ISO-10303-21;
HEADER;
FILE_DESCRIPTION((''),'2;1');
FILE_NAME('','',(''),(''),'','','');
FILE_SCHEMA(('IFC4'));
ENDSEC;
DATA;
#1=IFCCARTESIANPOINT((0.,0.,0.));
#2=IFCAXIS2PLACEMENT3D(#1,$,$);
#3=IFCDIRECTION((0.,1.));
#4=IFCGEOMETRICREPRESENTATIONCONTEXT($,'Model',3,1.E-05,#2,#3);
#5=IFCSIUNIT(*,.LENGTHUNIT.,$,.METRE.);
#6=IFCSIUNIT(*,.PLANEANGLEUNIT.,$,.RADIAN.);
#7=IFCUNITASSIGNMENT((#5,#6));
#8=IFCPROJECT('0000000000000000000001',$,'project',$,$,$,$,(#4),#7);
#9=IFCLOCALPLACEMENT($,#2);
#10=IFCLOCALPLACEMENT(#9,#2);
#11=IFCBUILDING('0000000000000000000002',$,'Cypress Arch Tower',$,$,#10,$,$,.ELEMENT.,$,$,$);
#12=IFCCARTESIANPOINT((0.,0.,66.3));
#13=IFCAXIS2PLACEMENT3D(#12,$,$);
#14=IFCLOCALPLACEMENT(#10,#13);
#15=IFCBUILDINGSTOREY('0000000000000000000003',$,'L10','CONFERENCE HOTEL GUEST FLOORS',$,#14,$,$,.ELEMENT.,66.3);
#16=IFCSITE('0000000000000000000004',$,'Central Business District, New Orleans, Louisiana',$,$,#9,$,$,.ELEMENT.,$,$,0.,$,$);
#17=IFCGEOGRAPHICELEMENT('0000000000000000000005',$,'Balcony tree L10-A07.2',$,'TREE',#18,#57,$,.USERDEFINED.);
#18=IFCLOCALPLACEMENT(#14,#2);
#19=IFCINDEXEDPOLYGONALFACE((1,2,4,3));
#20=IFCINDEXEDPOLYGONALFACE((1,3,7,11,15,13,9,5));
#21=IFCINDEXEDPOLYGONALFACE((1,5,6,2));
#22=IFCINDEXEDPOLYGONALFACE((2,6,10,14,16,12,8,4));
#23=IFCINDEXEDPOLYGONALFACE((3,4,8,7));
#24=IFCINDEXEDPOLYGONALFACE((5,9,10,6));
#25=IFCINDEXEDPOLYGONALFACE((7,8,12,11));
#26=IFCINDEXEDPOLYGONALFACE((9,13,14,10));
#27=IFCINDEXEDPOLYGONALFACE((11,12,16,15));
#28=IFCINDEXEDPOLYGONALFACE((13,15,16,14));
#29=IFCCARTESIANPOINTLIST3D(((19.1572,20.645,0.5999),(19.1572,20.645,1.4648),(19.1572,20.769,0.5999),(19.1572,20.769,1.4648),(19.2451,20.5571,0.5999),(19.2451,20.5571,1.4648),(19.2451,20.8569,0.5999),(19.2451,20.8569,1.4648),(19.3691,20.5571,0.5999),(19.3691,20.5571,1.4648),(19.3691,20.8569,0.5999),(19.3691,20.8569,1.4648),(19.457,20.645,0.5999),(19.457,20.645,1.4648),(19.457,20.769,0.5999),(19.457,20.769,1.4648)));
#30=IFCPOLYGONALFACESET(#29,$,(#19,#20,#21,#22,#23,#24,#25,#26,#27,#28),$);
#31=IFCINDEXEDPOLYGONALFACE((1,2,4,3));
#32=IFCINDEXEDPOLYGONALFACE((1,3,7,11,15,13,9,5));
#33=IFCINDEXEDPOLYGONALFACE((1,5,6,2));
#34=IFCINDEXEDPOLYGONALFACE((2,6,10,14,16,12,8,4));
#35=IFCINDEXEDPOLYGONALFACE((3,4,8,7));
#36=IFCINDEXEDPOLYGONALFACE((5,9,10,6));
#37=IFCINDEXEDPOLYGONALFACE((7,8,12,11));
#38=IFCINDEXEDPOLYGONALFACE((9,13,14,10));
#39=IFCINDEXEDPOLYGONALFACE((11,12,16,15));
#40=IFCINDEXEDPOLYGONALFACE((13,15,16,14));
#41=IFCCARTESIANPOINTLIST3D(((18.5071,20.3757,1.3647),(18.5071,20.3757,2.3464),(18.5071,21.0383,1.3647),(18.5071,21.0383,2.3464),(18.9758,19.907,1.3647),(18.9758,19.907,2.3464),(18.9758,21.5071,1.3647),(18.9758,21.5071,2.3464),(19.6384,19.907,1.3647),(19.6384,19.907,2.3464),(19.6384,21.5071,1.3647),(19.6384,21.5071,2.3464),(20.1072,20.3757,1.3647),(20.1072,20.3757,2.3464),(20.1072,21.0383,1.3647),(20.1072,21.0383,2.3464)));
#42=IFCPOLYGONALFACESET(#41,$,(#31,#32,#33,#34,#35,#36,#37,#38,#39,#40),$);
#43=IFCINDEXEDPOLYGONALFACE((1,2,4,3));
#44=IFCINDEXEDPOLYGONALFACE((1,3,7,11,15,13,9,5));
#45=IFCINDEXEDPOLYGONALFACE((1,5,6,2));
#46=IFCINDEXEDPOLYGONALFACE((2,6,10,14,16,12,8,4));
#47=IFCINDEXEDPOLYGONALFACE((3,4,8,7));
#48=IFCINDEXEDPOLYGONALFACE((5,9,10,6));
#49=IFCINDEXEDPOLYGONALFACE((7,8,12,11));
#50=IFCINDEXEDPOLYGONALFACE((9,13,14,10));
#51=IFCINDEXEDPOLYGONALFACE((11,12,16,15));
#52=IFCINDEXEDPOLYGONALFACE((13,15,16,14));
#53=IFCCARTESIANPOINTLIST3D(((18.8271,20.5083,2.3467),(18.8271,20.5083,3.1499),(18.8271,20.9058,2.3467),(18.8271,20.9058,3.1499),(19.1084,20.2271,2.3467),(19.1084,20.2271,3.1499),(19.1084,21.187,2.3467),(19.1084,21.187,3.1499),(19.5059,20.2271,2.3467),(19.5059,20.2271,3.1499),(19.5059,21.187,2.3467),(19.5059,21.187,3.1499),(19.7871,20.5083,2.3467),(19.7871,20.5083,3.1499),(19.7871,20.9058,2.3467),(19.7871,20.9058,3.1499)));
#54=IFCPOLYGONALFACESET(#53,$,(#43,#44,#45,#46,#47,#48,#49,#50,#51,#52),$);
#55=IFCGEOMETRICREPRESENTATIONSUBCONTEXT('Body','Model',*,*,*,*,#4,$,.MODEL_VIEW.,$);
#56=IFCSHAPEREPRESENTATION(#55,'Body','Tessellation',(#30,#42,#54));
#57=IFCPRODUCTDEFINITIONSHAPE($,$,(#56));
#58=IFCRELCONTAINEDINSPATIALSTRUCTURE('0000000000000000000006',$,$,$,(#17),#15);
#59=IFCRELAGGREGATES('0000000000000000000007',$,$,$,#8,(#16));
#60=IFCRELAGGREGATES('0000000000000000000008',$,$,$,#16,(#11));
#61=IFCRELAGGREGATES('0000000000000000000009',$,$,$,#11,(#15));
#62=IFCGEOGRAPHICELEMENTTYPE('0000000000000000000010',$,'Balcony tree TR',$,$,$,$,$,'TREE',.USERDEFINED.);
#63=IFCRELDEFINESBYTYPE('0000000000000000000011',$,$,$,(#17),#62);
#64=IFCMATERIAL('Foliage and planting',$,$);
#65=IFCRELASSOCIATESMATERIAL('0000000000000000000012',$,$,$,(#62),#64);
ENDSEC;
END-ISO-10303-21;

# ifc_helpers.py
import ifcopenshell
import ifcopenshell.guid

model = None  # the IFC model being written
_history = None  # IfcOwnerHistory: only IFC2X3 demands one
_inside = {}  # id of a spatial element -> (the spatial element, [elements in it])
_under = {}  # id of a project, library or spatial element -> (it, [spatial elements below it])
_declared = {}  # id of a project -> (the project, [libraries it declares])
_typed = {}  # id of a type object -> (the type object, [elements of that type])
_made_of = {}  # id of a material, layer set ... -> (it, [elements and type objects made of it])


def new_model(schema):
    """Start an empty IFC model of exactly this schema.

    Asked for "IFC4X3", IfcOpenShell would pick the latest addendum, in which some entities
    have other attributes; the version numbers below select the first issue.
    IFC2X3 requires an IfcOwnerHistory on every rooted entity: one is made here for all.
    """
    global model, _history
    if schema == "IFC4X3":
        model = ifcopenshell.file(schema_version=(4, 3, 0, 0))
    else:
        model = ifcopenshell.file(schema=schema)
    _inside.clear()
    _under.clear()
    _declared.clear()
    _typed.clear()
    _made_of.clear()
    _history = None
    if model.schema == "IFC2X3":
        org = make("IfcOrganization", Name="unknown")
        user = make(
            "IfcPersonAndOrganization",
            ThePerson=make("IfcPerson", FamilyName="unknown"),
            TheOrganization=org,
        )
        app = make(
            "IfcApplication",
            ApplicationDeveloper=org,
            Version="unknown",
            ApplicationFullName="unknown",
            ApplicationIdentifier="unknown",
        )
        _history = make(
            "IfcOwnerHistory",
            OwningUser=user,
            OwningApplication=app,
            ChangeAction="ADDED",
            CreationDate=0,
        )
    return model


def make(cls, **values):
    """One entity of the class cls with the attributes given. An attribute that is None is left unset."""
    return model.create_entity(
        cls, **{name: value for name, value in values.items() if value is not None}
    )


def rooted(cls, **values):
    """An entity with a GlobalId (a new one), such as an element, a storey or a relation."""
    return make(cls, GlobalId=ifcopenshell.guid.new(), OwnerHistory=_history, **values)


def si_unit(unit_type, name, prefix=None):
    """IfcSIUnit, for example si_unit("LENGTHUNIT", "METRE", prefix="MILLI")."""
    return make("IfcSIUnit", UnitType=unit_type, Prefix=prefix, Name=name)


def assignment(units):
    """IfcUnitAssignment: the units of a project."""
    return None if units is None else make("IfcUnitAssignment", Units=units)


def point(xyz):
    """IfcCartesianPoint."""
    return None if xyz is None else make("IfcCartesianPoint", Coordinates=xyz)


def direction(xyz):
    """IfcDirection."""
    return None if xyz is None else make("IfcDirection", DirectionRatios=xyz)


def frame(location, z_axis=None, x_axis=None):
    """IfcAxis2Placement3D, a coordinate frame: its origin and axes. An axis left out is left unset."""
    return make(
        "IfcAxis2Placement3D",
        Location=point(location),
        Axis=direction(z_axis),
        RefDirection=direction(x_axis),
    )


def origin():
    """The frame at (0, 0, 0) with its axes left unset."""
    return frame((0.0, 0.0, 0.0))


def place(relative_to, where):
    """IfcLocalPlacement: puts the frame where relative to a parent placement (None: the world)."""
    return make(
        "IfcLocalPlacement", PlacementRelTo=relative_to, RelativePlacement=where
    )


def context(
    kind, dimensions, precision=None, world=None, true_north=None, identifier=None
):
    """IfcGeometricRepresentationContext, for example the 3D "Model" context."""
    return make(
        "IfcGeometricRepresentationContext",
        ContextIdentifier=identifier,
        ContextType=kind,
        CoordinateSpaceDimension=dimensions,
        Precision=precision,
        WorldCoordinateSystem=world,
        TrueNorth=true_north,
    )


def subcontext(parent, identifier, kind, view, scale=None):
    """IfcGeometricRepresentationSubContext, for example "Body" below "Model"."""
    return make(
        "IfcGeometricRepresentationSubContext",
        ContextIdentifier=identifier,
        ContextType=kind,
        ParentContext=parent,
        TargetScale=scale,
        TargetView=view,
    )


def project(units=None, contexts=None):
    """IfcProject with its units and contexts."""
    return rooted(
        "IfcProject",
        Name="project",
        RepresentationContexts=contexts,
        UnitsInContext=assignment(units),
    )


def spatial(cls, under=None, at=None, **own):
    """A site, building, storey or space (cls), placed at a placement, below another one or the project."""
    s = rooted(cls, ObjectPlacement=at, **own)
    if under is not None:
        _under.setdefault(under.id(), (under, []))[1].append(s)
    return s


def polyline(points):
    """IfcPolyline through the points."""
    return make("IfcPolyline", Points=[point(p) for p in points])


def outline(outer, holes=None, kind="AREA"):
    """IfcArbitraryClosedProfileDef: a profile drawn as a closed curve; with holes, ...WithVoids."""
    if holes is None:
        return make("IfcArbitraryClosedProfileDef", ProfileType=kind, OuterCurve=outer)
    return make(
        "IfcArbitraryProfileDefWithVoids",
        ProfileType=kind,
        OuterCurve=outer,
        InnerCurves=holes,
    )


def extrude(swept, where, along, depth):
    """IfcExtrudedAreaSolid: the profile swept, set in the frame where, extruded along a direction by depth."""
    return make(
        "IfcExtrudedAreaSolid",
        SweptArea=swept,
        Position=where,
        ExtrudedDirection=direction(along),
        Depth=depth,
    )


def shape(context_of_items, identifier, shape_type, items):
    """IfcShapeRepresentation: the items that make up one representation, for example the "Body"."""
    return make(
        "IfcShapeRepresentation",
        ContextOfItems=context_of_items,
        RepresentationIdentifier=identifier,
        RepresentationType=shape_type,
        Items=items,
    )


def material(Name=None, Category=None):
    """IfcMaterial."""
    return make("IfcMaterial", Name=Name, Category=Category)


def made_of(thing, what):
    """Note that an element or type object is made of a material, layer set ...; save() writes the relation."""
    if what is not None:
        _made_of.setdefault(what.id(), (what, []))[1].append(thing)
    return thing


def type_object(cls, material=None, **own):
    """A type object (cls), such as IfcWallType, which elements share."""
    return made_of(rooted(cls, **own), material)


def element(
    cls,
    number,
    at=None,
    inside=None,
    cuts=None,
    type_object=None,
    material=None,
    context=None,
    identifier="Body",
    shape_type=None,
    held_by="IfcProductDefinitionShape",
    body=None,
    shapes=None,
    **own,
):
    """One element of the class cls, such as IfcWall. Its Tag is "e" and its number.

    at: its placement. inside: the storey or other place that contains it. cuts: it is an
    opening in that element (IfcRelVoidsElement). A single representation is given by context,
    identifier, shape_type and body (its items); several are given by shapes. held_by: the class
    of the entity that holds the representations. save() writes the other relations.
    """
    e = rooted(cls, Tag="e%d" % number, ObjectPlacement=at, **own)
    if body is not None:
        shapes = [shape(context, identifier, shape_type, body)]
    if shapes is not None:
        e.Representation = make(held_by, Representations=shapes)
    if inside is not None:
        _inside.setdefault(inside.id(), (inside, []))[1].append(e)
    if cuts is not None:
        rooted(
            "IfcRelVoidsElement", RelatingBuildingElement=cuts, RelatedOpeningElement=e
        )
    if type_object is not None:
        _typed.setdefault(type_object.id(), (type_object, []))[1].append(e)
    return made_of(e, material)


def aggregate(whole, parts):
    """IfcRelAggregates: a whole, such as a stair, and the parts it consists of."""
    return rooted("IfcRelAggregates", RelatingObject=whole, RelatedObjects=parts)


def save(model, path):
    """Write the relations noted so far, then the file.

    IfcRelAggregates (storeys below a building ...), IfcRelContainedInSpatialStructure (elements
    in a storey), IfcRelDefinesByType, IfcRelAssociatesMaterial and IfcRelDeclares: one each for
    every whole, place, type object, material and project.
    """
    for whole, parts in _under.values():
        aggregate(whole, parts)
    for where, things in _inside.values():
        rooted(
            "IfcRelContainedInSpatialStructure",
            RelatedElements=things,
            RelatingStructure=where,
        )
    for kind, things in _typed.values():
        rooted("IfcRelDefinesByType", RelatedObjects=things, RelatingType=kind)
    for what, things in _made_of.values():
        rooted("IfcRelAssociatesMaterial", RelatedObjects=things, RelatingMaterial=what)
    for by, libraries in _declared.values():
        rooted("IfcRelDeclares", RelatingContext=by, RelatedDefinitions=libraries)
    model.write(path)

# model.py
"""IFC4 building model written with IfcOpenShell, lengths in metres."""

from ifc_helpers import new_model, si_unit, direction, frame, origin, place, context, subcontext, project, spatial, polyline, outline, extrude, material, type_object, element, save


model = new_model("IFC4")

# Units and contexts
model_context = context("Model", 3, precision=1e-05, world=origin(), true_north=direction((0.0, 1.0)))
body_context = subcontext(model_context, "Body", "Model", "MODEL_VIEW")
ifc_project = project(units=[si_unit("LENGTHUNIT", "METRE"), si_unit("PLANEANGLEUNIT", "RADIAN")], contexts=[model_context])

# Site, building, storey
site_placement = place(None, origin())
site = spatial("IfcSite", under=ifc_project, at=site_placement, Name="Central Business District, New Orleans, Louisiana", CompositionType="ELEMENT", RefElevation=0.0)
building_placement = place(site_placement, origin())
building = spatial("IfcBuilding", under=site, at=building_placement, Name="Cypress Arch Tower", CompositionType="ELEMENT")
storey_placement = place(building_placement, frame((0.0, 0.0, 66.3)))
storey = spatial("IfcBuildingStorey", under=building, at=storey_placement, Name="L10", Description="CONFERENCE HOTEL GUEST FLOORS", CompositionType="ELEMENT", Elevation=66.3)

# Geographic element
ifc_material_1 = material(Name="Foliage and planting")
geographic_element_type = type_object("IfcGeographicElementType", Name="Balcony tree TR", ElementType="TREE", PredefinedType="USERDEFINED", material=ifc_material_1)
geographic_element_placement = place(storey_placement, frame((19.3071, 20.707, 0.5999), z_axis=(0.0, 0.0, 1.0), x_axis=(1.0, 0.0, 0.0)))
element("IfcGeographicElement", 1, at=geographic_element_placement, inside=storey, type_object=geographic_element_type, Name="Balcony tree L10-A07.2", ObjectType="TREE", PredefinedType="USERDEFINED", context=body_context, shape_type="SweptSolid", body=[
    extrude(outline(polyline([(0.1499, 0.062), (0.062, 0.1499), (-0.062, 0.1499), (-0.1499, 0.062), (-0.1499, -0.062), (-0.062, -0.1499), (0.062, -0.1499), (0.1499, -0.062), (0.1499, 0.062)])), origin(), (0.0, 0.0, 1.0), 0.865),
    extrude(outline(polyline([(0.8, 0.3313), (0.3313, 0.8), (-0.3313, 0.8), (-0.8, 0.3313), (-0.8, -0.3313), (-0.3313, -0.8), (0.3313, -0.8), (0.8, -0.3313), (0.8, 0.3313)])), frame((0.0, 0.0, 0.7649)), (0.0, 0.0, 1.0), 0.9817),
    extrude(outline(polyline([(0.48, 0.1987), (0.1987, 0.48), (-0.1987, 0.48), (-0.48, 0.1987), (-0.48, -0.1987), (-0.1987, -0.48), (0.1987, -0.48), (0.48, -0.1987), (0.48, 0.1987)])), frame((0.0, 0.0, 1.7468)), (0.0, 0.0, 1.0), 0.8032),
])

save(model, "model.ifc")
